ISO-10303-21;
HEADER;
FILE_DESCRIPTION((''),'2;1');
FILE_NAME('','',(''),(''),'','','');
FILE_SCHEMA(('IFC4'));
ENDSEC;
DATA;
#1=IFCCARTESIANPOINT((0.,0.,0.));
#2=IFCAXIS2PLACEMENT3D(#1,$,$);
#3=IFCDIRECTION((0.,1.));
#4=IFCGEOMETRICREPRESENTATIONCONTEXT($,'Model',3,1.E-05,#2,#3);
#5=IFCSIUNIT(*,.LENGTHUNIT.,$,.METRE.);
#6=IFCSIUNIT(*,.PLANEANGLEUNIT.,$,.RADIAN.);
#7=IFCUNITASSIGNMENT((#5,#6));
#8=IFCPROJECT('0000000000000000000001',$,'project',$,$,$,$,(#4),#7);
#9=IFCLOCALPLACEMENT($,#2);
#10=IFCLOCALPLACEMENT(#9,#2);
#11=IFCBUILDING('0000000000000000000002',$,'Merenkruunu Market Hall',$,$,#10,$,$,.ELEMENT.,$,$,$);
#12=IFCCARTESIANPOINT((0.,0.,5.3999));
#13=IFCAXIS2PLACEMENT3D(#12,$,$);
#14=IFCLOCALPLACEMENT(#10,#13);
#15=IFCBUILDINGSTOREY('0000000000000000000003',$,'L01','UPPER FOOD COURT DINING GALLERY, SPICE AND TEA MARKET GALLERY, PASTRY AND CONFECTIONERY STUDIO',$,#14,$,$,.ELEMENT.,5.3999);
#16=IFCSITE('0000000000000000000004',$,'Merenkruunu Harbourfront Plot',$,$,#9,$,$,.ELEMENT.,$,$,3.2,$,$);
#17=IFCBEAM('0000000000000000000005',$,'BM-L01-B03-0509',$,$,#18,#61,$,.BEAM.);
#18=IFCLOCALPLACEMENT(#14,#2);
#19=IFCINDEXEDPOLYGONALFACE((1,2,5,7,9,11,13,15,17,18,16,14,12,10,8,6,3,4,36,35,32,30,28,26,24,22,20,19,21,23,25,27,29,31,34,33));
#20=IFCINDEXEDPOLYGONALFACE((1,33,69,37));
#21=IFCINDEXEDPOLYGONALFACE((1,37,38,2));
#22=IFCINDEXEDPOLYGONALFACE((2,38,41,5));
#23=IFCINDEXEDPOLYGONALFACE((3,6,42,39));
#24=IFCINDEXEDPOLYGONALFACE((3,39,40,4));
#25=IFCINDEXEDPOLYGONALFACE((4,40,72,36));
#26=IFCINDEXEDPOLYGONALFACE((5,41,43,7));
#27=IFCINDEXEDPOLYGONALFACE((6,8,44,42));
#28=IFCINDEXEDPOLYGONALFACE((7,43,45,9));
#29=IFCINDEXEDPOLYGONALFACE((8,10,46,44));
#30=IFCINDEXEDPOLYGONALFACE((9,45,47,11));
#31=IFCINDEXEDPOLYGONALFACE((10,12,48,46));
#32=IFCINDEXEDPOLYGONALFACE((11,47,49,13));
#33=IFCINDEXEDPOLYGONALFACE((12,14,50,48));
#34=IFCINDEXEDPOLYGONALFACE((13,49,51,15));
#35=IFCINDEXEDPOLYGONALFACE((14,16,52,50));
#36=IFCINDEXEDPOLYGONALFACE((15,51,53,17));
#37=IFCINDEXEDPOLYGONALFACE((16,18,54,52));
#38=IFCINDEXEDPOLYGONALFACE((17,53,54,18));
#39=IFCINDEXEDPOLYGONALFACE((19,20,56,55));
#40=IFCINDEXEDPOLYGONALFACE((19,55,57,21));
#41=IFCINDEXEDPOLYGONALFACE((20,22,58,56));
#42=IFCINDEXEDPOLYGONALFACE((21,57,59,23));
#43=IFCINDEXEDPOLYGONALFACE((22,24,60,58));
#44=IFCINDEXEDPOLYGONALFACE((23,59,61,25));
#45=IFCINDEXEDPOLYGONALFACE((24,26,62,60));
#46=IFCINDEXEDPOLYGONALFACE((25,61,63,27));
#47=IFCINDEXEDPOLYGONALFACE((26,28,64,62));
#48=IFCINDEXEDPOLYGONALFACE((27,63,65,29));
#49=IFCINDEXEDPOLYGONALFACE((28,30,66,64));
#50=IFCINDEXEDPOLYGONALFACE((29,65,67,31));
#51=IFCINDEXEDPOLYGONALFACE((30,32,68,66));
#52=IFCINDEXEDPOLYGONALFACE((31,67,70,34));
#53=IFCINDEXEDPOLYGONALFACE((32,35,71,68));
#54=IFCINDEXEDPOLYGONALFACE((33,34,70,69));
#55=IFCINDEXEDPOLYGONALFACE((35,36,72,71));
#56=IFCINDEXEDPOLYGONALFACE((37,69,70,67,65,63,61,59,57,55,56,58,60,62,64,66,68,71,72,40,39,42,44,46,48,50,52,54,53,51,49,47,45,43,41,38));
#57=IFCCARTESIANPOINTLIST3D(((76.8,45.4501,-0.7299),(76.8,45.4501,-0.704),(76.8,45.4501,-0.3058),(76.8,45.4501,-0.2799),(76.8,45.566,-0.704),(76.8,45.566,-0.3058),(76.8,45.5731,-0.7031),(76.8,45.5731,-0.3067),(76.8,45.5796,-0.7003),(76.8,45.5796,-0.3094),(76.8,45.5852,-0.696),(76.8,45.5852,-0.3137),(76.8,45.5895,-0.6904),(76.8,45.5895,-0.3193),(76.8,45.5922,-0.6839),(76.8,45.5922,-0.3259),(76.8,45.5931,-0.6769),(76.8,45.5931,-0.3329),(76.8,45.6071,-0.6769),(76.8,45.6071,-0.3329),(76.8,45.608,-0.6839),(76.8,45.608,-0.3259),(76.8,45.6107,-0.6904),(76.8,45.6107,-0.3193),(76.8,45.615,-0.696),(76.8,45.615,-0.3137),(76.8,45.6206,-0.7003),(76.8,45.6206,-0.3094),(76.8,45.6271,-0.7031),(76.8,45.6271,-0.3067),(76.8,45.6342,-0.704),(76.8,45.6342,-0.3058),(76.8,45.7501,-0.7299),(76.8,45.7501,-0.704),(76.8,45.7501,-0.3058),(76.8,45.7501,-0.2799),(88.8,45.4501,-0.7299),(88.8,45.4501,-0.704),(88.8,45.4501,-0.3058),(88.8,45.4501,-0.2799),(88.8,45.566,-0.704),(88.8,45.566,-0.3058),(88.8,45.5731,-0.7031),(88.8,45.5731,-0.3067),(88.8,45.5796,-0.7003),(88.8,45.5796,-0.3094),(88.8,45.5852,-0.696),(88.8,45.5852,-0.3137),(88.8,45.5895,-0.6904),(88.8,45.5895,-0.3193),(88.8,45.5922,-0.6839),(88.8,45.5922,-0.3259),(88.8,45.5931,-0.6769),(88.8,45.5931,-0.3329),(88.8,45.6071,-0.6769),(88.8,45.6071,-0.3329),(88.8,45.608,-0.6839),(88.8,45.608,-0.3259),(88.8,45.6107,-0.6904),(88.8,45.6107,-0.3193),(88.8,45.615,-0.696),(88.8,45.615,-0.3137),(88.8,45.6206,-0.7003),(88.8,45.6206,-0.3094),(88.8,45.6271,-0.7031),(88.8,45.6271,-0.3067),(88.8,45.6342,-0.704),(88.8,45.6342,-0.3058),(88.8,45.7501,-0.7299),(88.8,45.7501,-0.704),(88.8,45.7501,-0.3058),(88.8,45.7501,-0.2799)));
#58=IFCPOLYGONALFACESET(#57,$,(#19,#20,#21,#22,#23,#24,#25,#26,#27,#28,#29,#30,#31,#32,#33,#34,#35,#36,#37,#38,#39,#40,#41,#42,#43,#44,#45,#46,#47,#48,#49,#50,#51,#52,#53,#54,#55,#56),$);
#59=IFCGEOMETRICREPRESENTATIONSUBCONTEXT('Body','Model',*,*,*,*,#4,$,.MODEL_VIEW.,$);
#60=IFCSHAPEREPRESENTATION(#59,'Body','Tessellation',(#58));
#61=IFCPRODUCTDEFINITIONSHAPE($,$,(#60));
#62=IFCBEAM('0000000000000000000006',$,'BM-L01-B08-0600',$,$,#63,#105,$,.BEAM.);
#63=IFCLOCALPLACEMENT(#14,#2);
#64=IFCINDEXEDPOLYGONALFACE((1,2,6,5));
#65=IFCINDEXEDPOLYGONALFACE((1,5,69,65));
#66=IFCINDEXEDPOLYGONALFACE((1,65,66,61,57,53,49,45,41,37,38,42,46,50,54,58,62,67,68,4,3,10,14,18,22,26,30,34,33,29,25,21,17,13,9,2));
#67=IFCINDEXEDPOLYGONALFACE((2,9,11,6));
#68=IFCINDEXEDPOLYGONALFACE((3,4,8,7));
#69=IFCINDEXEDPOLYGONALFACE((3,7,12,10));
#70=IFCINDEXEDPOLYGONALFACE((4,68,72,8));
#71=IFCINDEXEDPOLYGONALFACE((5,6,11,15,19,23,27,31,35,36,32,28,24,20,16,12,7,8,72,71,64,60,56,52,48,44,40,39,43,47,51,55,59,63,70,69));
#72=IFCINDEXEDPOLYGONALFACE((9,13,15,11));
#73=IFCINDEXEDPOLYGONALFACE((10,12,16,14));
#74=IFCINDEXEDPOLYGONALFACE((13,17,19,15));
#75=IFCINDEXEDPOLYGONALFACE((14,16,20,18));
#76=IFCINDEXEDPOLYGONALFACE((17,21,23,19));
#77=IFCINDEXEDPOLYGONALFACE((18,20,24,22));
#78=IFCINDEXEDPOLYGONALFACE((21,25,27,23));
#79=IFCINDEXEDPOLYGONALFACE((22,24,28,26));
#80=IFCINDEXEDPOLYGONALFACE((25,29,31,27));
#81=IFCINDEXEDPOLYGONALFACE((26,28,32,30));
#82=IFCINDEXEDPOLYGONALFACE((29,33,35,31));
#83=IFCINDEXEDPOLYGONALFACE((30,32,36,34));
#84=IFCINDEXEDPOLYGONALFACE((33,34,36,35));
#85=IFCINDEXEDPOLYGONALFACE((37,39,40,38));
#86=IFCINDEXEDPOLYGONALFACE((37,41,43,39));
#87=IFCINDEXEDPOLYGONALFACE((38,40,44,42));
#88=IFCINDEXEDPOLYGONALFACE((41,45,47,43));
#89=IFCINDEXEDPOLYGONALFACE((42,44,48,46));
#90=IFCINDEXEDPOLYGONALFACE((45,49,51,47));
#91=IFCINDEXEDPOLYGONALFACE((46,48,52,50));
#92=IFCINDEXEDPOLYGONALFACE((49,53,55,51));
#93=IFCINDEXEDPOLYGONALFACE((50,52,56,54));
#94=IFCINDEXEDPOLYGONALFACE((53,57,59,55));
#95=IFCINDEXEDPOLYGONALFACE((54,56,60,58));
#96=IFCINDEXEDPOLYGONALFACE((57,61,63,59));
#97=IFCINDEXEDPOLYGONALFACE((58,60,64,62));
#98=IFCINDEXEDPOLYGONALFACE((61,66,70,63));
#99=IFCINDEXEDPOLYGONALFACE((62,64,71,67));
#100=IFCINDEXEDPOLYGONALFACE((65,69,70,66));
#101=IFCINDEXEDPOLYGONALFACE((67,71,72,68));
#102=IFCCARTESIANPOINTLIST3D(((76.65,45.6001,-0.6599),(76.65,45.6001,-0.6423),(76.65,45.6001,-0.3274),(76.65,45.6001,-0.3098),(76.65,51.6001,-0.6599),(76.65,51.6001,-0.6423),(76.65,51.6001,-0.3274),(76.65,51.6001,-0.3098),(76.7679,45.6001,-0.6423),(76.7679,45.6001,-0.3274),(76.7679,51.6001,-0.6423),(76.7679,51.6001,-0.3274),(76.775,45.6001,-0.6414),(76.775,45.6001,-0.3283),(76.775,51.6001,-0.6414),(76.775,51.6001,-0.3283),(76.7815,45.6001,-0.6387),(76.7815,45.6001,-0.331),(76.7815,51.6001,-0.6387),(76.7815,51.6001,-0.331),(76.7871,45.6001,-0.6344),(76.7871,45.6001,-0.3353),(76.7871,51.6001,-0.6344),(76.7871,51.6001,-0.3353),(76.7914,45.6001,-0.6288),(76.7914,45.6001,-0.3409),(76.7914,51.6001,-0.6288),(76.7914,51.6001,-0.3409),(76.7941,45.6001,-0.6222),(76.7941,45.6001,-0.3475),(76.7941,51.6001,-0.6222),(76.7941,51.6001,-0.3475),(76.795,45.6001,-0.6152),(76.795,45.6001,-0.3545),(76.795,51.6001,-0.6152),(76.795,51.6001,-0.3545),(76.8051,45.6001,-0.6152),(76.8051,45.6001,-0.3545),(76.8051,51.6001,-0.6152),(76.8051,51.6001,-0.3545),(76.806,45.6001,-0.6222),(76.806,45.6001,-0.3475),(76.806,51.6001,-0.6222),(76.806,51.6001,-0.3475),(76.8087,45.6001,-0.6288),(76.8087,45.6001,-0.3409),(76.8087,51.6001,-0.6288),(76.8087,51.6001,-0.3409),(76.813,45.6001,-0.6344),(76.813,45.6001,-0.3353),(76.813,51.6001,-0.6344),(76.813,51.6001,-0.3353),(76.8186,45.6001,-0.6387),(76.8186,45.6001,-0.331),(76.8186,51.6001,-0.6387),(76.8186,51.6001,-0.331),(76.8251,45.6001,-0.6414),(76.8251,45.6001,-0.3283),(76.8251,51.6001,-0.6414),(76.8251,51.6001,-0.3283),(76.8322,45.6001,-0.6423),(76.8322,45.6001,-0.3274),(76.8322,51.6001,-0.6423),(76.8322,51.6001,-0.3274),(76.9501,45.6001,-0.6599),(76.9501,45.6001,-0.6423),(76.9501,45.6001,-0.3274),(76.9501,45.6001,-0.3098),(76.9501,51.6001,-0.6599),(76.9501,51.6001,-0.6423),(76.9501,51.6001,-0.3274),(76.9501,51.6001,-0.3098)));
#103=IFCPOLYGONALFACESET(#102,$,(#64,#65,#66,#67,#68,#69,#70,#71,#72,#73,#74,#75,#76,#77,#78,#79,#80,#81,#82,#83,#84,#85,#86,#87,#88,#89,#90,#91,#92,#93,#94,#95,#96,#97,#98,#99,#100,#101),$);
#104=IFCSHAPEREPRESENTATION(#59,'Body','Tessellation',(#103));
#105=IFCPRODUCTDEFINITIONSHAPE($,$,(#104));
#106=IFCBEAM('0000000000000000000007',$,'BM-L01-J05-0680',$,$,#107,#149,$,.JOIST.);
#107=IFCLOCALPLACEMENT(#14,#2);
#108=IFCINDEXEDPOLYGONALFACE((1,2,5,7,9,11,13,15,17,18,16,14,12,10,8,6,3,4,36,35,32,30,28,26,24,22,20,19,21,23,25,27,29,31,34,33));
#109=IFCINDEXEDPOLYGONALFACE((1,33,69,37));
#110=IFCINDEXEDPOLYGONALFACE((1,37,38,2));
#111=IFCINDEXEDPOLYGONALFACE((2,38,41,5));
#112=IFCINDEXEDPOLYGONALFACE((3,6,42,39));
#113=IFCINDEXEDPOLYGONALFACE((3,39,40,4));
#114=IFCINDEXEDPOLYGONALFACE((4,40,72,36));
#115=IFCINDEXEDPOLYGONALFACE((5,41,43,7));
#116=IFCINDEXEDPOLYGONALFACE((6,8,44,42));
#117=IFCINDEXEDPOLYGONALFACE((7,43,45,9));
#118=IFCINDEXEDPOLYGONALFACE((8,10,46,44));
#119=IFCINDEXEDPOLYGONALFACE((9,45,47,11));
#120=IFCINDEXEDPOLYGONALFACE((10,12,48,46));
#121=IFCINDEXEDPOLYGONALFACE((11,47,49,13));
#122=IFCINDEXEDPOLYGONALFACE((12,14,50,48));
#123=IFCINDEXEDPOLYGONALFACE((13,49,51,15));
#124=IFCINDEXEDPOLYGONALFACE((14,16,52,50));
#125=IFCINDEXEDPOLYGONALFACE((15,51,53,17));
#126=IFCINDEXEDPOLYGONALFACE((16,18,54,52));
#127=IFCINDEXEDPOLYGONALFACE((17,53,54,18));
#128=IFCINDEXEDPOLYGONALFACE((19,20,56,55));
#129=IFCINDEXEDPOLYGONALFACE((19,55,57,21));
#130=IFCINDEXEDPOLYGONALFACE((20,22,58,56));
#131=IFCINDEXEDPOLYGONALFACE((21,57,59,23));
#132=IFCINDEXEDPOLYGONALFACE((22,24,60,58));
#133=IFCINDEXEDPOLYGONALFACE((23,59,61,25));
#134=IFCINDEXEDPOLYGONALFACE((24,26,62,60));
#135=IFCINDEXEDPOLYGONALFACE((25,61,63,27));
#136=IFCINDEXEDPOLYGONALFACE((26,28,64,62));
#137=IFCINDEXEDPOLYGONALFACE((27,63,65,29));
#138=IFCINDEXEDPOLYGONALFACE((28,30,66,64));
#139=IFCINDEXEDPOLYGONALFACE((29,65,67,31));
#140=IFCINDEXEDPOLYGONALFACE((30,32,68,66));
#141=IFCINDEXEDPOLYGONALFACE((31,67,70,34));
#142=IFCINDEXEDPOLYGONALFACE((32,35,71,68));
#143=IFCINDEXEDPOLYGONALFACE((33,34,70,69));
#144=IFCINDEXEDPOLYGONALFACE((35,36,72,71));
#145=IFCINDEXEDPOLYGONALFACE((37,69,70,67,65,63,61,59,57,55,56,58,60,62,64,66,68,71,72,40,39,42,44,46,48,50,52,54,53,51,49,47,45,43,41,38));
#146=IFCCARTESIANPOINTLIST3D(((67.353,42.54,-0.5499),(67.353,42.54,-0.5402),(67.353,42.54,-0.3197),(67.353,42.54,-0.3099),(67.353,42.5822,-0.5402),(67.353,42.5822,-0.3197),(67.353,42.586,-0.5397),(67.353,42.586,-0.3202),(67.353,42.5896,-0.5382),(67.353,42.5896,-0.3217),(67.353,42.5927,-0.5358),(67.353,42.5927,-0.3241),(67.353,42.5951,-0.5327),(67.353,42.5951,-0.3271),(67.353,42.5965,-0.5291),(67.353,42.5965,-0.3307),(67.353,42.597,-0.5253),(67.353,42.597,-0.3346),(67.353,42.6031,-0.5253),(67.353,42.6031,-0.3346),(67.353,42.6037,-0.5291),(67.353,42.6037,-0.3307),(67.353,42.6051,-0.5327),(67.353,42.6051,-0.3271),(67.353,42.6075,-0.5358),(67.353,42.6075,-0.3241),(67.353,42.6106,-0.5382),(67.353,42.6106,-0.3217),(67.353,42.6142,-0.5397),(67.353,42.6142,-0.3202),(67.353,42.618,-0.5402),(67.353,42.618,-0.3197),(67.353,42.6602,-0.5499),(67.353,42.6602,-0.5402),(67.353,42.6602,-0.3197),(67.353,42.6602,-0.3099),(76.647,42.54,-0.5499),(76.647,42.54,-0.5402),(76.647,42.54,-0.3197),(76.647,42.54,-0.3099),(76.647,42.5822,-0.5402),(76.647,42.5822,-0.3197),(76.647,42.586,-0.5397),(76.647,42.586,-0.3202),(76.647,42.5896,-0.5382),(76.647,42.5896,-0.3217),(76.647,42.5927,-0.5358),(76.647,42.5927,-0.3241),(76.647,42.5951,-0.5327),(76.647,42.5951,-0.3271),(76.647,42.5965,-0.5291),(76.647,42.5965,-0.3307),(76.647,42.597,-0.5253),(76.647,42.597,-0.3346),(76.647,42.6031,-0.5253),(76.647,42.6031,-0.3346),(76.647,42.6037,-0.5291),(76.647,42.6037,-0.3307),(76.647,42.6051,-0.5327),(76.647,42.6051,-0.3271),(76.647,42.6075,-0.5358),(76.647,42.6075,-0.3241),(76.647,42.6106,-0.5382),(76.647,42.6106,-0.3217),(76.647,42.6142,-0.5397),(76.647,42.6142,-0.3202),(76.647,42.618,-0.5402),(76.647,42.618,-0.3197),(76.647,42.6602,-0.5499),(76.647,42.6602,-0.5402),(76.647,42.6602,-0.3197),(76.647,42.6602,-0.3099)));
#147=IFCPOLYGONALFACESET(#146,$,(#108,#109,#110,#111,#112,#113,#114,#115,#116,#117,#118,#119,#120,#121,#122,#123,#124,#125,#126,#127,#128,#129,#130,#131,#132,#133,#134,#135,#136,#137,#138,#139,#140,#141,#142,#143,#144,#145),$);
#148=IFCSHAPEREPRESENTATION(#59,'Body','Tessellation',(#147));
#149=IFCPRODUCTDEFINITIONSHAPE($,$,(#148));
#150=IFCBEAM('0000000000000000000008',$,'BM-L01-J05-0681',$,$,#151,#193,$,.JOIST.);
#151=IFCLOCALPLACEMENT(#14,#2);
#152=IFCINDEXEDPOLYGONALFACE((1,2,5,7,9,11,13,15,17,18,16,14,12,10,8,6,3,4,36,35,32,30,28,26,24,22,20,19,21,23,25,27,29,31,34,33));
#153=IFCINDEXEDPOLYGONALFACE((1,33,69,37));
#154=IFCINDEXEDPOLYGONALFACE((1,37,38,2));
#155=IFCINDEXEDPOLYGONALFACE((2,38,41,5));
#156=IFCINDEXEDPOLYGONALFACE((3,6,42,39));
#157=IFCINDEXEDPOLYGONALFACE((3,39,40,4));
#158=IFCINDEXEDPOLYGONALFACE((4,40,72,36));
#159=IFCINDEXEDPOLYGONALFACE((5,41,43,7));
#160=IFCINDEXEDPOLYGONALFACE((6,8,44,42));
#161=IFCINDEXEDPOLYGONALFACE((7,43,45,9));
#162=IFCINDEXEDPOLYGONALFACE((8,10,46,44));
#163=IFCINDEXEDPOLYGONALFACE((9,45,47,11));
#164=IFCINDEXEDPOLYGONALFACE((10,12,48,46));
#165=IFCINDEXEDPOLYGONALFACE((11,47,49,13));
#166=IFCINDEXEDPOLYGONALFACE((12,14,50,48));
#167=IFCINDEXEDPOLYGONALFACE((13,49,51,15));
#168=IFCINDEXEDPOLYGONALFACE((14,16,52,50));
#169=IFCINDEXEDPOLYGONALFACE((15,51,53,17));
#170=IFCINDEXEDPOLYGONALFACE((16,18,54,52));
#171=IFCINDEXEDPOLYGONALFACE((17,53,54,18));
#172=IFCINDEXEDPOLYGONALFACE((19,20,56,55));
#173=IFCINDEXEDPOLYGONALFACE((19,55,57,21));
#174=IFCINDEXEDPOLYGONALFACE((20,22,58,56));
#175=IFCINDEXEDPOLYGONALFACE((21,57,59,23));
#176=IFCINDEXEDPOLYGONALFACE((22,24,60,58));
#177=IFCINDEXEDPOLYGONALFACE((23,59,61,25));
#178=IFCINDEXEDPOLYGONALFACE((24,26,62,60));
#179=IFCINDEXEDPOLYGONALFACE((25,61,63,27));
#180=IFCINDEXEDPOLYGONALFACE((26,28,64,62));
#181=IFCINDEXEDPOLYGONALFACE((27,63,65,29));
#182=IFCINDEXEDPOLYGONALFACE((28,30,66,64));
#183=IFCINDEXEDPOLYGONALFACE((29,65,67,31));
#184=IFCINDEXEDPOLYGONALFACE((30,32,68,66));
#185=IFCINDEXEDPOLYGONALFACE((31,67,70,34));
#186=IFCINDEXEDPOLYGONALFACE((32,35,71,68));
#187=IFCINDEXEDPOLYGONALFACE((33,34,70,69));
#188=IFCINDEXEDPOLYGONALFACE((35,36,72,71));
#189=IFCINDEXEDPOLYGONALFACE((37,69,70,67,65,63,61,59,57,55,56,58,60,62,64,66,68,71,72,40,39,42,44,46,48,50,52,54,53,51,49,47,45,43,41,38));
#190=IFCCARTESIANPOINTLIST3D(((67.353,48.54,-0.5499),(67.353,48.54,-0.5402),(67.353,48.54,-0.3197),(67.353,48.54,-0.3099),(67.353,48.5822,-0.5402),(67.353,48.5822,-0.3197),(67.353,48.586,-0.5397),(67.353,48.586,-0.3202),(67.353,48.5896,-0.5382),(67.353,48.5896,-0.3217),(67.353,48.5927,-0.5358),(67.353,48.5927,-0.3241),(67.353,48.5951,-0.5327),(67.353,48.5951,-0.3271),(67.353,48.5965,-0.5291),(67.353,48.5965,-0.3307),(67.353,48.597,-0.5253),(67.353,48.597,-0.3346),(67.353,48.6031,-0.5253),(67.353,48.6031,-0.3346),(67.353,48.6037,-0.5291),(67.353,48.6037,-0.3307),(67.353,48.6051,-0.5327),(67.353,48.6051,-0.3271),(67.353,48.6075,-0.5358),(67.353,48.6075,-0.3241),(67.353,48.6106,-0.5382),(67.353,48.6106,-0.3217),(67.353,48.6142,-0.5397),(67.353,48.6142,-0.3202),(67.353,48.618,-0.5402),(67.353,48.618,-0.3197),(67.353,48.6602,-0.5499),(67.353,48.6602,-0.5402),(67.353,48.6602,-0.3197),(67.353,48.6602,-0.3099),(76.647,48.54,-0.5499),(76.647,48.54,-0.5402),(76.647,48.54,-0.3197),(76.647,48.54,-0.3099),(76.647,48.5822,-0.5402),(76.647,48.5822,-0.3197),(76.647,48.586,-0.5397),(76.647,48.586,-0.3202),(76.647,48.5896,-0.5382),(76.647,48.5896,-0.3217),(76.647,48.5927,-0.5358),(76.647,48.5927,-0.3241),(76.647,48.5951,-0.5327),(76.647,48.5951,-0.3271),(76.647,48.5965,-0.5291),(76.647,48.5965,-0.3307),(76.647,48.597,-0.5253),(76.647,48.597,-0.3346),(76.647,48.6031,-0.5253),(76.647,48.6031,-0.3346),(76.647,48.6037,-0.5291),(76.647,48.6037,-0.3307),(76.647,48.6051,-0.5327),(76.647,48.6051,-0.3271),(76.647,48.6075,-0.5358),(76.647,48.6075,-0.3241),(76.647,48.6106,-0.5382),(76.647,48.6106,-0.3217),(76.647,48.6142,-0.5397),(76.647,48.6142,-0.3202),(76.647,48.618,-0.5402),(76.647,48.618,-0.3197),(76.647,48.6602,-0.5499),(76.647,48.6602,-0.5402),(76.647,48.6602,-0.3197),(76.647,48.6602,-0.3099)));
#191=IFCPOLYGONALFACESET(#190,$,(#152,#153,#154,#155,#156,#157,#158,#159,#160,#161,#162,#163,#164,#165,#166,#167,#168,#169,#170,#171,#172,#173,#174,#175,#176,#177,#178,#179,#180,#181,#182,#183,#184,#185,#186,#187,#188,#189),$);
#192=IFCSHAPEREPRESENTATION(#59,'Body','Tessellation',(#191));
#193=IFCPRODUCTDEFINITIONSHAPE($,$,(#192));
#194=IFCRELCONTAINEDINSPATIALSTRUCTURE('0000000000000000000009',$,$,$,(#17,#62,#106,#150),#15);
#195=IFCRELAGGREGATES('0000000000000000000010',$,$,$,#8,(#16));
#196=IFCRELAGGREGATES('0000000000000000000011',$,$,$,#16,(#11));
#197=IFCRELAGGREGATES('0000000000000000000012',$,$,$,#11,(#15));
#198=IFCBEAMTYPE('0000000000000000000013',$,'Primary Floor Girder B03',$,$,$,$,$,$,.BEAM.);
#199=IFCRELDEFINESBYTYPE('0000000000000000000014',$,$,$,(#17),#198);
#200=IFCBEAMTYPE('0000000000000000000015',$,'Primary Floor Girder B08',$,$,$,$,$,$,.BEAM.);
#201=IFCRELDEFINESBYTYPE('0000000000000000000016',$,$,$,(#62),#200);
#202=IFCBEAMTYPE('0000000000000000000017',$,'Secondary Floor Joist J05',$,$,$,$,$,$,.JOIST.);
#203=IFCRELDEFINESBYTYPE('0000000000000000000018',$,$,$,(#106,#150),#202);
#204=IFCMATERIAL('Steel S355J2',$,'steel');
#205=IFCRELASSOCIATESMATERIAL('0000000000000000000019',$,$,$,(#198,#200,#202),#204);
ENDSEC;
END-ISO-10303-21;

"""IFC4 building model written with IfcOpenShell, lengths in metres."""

from ifc_helpers import new_model, si_unit, direction, frame, origin, origin_2d, place, context, subcontext, project, spatial, i_section, extrude, material, material_profile, profile_set, type_object, element, save


model = new_model("IFC4")

# Units and contexts
model_context = context("Model", 3, precision=1e-05, world=origin(), true_north=direction((0.0, 1.0)))
body_context = subcontext(model_context, "Body", "Model", "MODEL_VIEW")
ifc_project = project(units=[si_unit("LENGTHUNIT", "METRE"), si_unit("PLANEANGLEUNIT", "RADIAN")], contexts=[model_context])

# Site, building, storey
site_placement = place(None, origin())
site = spatial("IfcSite", under=ifc_project, at=site_placement, Name="Merenkruunu Harbourfront Plot", CompositionType="ELEMENT", RefElevation=3.2)
building_placement = place(site_placement, origin())
building = spatial("IfcBuilding", under=site, at=building_placement, Name="Merenkruunu Market Hall", CompositionType="ELEMENT")
storey_placement = place(building_placement, frame((0.0, 0.0, 5.3999)))
storey = spatial("IfcBuildingStorey", under=building, at=storey_placement, Name="L01", Description="UPPER FOOD COURT DINING GALLERY, SPICE AND TEA MARKET GALLERY, PASTRY AND CONFECTIONERY STUDIO", CompositionType="ELEMENT", Elevation=5.3999)

# Beams
ifc_material_1 = material(Name="Steel S355J2", Category="steel")
ifc_material_profile_1 = material_profile(ifc_material_1, i_section(OverallWidth=0.3, OverallDepth=0.45, WebThickness=0.0139, FlangeThickness=0.0259, FilletRadius=0.0271, at=origin_2d()), Name="HEB 450")
ifc_profile_set_1 = profile_set([ifc_material_profile_1], Name="Steel S355J2")
beam_type_1 = type_object("IfcBeamType", Name="Primary Floor Girder B03", PredefinedType="BEAM", material=ifc_profile_set_1)
beam_1_placement = place(storey_placement, frame((76.8, 45.6001, -0.5049), z_axis=(1.0, 0.0, 0.0), x_axis=(0.0, 1.0, 0.0)))
element("IfcBeam", 1, at=beam_1_placement, inside=storey, type_object=beam_type_1, Name="BM-L01-B03-0509", PredefinedType="BEAM", context=body_context, shape_type="SweptSolid", body=[
    extrude(i_section(OverallWidth=0.3, OverallDepth=0.45, WebThickness=0.0139, FlangeThickness=0.0259, FilletRadius=0.0271, at=origin_2d()), origin(), (0.0, 0.0, 1.0), 12.0),
])
ifc_material_profile_2 = material_profile(ifc_material_1, i_section(OverallWidth=0.3, OverallDepth=0.3501, WebThickness=0.01, FlangeThickness=0.0176, FilletRadius=0.0271, at=origin_2d()), Name="HEA 360")
ifc_profile_set_2 = profile_set([ifc_material_profile_2], Name="Steel S355J2")
beam_type_2 = type_object("IfcBeamType", Name="Primary Floor Girder B08", PredefinedType="BEAM", material=ifc_profile_set_2)
beam_2_placement = place(storey_placement, frame((76.8, 45.6001, -0.4849), z_axis=(0.0, 1.0, 0.0), x_axis=(-1.0, 0.0, 0.0)))
element("IfcBeam", 2, at=beam_2_placement, inside=storey, type_object=beam_type_2, Name="BM-L01-B08-0600", PredefinedType="BEAM", context=body_context, shape_type="SweptSolid", body=[
    extrude(i_section(OverallWidth=0.3, OverallDepth=0.3501, WebThickness=0.01, FlangeThickness=0.0176, FilletRadius=0.0271, at=origin_2d()), origin(), (0.0, 0.0, 1.0), 6.0),
])
ifc_material_profile_3 = material_profile(ifc_material_1, i_section(OverallWidth=0.1201, OverallDepth=0.24, WebThickness=0.0061, FlangeThickness=0.0098, FilletRadius=0.0149, at=origin_2d()), Name="IPE 240")
ifc_profile_set_3 = profile_set([ifc_material_profile_3], Name="Steel S355J2")
beam_type_3 = type_object("IfcBeamType", Name="Secondary Floor Joist J05", PredefinedType="JOIST", material=ifc_profile_set_3)
for number, where, z_axis, x_axis, name in (
    (3, (67.353, 42.6001, -0.4299), (1.0, 0.0, 0.0), (0.0, 1.0, 0.0), "BM-L01-J05-0680"),
    (4, (67.353, 48.6001, -0.4299), (1.0, 0.0, 0.0), (0.0, 1.0, 0.0), "BM-L01-J05-0681"),
):
    element("IfcBeam", number, at=place(storey_placement, frame(where, z_axis=z_axis, x_axis=x_axis)), inside=storey, type_object=beam_type_3, Name=name, PredefinedType="JOIST", context=body_context, shape_type="SweptSolid", body=[
        extrude(i_section(OverallWidth=0.1201, OverallDepth=0.24, WebThickness=0.0061, FlangeThickness=0.0098, FilletRadius=0.0149, at=origin_2d()), origin(), (0.0, 0.0, 1.0), 9.2939),
    ])

save(model, "model.ifc")
